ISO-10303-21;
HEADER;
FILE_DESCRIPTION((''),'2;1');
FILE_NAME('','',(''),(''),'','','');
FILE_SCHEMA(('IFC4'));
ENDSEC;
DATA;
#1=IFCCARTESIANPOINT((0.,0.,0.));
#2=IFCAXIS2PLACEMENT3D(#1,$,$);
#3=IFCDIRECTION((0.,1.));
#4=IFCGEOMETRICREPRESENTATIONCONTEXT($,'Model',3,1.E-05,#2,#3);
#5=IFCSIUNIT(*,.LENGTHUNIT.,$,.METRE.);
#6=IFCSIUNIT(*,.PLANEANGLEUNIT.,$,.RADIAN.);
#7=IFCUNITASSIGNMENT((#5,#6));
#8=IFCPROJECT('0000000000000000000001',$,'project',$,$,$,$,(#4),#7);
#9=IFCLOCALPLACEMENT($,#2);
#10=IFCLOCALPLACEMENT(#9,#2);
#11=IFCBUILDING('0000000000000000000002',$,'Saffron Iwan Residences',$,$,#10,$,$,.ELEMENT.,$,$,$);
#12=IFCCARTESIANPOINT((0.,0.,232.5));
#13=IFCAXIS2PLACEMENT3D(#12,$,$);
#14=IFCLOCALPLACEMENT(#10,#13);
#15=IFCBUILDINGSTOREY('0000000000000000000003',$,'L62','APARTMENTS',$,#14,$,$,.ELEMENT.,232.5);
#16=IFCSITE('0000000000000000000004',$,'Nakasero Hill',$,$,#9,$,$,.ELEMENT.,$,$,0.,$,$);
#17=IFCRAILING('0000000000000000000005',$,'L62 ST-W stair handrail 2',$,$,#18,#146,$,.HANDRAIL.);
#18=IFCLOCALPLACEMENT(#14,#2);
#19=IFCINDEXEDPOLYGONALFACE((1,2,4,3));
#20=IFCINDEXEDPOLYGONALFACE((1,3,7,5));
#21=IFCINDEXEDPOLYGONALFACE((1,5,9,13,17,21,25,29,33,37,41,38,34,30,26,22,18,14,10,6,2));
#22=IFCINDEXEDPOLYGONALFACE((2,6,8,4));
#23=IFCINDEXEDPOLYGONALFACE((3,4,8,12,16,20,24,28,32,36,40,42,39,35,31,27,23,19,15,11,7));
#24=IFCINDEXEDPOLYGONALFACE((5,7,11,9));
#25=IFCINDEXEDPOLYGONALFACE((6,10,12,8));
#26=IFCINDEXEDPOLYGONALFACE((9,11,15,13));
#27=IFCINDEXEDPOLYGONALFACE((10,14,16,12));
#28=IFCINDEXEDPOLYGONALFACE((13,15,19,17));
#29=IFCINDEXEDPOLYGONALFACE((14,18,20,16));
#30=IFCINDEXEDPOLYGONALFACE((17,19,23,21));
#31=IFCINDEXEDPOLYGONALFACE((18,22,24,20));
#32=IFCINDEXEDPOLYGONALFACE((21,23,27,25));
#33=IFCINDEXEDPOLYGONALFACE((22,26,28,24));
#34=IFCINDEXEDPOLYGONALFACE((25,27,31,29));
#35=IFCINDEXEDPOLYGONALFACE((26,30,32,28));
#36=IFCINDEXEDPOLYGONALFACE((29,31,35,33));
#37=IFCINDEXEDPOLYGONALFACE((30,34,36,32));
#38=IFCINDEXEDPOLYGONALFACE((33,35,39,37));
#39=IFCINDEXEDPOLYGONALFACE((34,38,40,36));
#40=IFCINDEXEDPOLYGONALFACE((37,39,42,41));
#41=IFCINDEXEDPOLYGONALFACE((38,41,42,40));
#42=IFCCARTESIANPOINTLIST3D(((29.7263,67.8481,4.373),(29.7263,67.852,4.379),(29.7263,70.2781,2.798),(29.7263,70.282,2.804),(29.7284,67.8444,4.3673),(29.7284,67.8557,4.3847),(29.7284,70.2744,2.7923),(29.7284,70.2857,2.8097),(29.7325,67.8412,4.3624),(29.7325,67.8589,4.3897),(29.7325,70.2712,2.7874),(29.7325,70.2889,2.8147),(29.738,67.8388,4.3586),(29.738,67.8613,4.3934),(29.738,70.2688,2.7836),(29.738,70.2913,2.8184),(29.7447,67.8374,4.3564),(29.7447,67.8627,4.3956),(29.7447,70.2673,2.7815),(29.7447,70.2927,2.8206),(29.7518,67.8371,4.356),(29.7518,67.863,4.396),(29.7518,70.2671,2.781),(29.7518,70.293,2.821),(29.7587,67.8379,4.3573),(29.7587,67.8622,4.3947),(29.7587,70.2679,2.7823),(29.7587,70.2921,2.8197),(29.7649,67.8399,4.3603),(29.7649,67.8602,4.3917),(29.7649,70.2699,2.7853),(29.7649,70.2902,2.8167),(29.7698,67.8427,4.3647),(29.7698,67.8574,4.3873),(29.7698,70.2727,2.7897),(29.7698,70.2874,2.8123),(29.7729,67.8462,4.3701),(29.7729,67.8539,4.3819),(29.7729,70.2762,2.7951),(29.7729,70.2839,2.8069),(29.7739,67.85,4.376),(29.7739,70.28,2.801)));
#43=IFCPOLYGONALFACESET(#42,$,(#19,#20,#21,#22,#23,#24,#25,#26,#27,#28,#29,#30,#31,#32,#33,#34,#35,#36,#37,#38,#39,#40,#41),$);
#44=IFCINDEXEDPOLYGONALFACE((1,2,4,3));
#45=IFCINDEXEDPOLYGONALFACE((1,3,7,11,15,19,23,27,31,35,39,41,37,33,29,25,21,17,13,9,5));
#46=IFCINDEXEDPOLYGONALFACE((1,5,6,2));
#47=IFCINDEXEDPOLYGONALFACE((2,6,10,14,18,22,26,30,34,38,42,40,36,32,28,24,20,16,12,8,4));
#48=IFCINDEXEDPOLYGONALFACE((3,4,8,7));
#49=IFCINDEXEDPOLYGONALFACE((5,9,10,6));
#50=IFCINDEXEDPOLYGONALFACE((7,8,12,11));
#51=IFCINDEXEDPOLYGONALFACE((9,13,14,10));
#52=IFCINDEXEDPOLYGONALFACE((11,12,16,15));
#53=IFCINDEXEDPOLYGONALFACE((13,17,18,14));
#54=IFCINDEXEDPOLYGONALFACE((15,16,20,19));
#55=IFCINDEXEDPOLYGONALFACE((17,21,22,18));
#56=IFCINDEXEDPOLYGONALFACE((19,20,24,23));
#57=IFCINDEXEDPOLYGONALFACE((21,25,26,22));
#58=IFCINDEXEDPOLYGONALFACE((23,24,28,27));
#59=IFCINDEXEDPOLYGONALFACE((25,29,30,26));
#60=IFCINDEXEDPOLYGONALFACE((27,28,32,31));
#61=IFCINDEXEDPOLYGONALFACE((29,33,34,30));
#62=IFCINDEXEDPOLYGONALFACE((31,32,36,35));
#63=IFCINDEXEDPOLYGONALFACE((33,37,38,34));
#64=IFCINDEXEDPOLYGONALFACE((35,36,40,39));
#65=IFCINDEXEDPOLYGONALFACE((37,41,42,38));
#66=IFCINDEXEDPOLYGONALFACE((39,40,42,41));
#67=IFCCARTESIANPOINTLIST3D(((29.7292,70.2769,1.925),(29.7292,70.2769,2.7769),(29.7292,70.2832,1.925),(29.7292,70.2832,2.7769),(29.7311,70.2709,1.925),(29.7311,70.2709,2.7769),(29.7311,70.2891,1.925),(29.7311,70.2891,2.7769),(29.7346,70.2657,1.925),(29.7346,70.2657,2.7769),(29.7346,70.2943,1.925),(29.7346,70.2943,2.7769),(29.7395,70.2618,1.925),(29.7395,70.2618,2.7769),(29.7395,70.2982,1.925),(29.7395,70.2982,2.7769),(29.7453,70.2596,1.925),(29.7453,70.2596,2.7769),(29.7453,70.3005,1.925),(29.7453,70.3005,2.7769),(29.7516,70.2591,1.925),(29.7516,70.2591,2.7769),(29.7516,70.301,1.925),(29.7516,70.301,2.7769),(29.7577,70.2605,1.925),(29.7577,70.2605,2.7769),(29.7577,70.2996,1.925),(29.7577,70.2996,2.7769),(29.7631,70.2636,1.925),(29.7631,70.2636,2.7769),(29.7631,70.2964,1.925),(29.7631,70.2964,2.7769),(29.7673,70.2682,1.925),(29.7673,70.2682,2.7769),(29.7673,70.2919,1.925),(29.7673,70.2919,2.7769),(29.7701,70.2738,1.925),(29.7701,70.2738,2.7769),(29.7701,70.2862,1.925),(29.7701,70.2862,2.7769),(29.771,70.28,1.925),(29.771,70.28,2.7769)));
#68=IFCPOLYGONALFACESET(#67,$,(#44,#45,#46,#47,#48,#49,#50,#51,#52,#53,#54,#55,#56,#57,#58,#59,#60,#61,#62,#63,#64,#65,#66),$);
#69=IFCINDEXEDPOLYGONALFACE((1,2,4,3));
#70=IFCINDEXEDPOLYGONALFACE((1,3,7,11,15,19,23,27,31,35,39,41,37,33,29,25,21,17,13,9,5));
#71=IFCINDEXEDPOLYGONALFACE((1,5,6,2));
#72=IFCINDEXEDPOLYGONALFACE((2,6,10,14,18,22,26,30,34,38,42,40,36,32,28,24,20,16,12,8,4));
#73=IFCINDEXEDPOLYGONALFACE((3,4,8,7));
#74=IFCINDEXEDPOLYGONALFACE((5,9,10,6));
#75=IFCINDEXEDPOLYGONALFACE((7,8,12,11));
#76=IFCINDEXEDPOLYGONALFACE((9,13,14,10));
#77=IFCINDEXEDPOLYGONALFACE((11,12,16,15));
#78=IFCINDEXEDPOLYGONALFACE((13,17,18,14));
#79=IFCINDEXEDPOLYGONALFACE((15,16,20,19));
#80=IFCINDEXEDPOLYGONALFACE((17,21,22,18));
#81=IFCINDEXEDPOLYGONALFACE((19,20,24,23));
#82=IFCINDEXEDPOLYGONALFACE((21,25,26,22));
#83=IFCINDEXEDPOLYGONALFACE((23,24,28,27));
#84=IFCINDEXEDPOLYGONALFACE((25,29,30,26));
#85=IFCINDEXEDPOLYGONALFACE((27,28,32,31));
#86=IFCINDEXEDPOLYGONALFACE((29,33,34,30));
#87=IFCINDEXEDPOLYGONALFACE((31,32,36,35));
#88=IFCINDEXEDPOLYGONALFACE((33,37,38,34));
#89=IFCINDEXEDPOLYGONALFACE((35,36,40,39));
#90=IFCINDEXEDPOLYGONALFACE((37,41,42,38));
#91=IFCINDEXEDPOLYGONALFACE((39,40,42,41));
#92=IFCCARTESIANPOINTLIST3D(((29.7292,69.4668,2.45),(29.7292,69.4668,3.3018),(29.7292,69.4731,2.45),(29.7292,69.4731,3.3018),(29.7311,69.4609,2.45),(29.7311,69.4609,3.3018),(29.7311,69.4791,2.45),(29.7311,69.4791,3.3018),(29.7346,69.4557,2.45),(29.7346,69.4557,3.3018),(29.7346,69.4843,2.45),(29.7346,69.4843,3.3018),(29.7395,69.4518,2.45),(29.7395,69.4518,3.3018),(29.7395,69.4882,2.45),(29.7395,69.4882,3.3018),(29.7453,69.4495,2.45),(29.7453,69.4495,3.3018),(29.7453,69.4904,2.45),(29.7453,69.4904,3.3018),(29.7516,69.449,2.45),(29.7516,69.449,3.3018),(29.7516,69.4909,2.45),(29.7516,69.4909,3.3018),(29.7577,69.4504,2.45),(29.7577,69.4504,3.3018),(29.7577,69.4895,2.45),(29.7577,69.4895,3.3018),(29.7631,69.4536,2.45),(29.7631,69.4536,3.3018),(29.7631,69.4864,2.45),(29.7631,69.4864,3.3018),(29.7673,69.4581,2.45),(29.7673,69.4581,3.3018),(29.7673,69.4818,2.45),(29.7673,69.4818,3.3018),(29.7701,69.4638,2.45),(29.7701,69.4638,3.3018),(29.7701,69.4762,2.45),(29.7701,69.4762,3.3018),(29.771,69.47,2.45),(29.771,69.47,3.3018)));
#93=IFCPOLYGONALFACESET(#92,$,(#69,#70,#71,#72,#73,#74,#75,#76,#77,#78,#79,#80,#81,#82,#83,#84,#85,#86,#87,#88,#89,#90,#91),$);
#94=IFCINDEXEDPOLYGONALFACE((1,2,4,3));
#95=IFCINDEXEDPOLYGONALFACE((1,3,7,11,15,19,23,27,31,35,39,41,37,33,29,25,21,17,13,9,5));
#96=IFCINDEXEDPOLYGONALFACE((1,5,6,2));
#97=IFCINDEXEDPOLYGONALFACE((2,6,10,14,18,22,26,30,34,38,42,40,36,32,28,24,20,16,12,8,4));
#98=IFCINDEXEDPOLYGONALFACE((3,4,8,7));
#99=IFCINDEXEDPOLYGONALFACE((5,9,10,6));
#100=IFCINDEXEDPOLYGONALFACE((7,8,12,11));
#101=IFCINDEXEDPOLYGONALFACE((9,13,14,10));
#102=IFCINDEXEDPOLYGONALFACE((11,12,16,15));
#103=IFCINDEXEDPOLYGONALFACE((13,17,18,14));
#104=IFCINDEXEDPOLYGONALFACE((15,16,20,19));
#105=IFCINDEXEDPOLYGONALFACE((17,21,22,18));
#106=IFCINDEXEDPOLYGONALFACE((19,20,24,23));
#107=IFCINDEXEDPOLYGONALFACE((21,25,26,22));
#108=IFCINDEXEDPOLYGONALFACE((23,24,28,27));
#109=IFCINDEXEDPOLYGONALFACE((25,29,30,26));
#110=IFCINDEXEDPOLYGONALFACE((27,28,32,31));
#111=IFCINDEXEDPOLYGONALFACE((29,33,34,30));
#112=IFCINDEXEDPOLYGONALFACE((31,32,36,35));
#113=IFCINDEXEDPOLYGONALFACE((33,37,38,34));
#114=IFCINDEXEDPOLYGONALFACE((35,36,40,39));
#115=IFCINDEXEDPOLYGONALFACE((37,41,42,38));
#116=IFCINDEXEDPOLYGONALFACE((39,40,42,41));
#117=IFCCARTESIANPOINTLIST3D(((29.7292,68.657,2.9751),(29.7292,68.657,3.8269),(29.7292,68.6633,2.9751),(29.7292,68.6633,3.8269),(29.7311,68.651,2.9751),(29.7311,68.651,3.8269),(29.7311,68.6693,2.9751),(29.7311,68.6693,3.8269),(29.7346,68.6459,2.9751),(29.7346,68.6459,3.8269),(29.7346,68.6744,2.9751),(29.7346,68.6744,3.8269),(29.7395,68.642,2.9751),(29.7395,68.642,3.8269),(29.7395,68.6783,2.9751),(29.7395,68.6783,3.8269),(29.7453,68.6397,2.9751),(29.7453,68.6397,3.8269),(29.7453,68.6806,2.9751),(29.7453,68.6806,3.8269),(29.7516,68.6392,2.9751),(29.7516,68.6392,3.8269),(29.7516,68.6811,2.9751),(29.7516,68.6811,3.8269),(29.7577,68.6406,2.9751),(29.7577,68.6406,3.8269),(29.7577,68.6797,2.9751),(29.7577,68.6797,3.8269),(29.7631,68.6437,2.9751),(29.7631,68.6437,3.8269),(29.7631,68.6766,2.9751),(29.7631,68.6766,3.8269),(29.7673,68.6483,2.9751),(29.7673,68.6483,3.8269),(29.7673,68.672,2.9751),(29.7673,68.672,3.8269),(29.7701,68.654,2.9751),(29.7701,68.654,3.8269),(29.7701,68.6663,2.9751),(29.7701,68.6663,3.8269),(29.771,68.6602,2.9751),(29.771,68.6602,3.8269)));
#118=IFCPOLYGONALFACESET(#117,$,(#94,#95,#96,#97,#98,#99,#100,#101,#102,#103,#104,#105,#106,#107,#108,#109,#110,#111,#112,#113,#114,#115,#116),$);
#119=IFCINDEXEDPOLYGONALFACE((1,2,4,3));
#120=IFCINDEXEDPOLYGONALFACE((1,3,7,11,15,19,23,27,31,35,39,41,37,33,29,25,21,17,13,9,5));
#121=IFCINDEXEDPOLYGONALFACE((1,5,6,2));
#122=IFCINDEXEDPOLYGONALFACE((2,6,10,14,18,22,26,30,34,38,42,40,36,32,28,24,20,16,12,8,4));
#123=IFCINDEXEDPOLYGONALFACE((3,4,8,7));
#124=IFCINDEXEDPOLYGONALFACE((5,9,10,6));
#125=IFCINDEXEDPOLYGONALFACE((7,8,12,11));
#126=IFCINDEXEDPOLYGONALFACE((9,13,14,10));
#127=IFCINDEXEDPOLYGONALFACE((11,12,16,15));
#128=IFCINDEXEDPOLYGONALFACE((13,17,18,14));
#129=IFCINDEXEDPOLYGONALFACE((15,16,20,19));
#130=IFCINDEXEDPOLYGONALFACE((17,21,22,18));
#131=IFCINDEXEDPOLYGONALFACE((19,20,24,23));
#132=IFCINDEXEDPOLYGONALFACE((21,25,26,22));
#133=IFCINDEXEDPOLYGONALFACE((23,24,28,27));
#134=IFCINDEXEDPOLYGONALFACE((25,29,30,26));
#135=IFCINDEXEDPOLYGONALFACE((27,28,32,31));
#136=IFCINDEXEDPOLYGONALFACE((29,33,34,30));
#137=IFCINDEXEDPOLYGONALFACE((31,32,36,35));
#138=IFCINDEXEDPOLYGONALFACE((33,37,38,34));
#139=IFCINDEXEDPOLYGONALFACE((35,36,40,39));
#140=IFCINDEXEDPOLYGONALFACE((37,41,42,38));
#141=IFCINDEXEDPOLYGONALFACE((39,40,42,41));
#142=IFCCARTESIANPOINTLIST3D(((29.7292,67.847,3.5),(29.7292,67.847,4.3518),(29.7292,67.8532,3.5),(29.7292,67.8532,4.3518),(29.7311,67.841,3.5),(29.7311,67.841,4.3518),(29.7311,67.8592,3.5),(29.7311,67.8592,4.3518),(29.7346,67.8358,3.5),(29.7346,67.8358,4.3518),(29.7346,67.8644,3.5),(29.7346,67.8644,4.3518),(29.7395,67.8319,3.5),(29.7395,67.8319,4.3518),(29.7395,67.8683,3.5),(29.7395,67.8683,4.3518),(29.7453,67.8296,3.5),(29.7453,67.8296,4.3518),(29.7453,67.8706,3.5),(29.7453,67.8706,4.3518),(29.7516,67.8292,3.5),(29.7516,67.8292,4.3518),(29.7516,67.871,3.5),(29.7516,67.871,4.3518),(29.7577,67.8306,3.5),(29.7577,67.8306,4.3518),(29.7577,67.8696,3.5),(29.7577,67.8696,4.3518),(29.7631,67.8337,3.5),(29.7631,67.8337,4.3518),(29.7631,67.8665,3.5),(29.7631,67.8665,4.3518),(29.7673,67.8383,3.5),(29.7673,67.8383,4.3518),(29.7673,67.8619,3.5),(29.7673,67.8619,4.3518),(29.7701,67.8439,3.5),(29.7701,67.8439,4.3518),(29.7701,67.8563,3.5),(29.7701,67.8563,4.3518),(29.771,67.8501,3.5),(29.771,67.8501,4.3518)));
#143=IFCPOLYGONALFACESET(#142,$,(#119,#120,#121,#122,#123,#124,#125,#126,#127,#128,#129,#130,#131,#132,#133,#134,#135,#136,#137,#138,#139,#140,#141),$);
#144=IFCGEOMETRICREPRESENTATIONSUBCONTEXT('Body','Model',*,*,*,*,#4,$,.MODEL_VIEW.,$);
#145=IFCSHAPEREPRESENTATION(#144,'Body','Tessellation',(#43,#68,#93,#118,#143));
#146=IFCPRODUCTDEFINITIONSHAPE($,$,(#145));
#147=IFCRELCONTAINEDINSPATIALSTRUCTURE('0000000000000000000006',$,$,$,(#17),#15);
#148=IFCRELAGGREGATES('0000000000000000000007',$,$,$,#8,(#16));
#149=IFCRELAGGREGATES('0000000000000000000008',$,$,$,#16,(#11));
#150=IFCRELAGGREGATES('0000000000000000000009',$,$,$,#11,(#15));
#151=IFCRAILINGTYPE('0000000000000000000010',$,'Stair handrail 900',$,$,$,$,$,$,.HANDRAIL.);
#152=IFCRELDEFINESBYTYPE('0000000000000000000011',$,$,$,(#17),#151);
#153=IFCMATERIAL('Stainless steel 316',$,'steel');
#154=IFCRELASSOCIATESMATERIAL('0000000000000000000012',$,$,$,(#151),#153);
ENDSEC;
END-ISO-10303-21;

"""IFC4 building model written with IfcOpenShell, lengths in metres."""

from ifc_helpers import new_model, si_unit, direction, frame, origin, origin_2d, place, context, subcontext, project, spatial, circle, extrude, material, type_object, element, save


model = new_model("IFC4")

# Units and contexts
model_context = context("Model", 3, precision=1e-05, world=origin(), true_north=direction((0.0, 1.0)))
body_context = subcontext(model_context, "Body", "Model", "MODEL_VIEW")
ifc_project = project(units=[si_unit("LENGTHUNIT", "METRE"), si_unit("PLANEANGLEUNIT", "RADIAN")], contexts=[model_context])

# Site, building, storey
site_placement = place(None, origin())
site = spatial("IfcSite", under=ifc_project, at=site_placement, Name="Nakasero Hill", CompositionType="ELEMENT", RefElevation=0.0)
building_placement = place(site_placement, origin())
building = spatial("IfcBuilding", under=site, at=building_placement, Name="Saffron Iwan Residences", CompositionType="ELEMENT")
storey_placement = place(building_placement, frame((0.0, 0.0, 232.5)))
storey = spatial("IfcBuildingStorey", under=building, at=storey_placement, Name="L62", Description="APARTMENTS", CompositionType="ELEMENT", Elevation=232.5)

# Railing
ifc_material_1 = material(Name="Stainless steel 316", Category="steel")
railing_type_1 = type_object("IfcRailingType", Name="Stair handrail 900", PredefinedType="HANDRAIL", material=ifc_material_1)
railing_1_placement = place(storey_placement, frame((29.75, 70.28, 1.925)))
element("IfcRailing", 1, at=railing_1_placement, inside=storey, type_object=railing_type_1, Name="L62 ST-W stair handrail 2", PredefinedType="HANDRAIL", context=body_context, shape_type="SweptSolid", body=[
    extrude(circle(Radius=0.0239, at=origin_2d()), frame((0.0, 0.0, 0.876), z_axis=(0.0, -0.839154, 0.543894), x_axis=(1.0, 0.0, 0.0)), (0.0, 0.0, 1.0), 2.8958),
    extrude(circle(Radius=0.021, at=origin_2d()), origin(), (0.0, 0.0, 1.0), 0.8518),
    extrude(circle(Radius=0.021, at=origin_2d()), frame((0.0, -0.8101, 0.5249)), (0.0, 0.0, 1.0), 0.8518),
    extrude(circle(Radius=0.021, at=origin_2d()), frame((0.0, -1.6199, 1.05)), (0.0, 0.0, 1.0), 0.8518),
    extrude(circle(Radius=0.021, at=origin_2d()), frame((0.0, -2.4299, 1.575)), (0.0, 0.0, 1.0), 0.8518),
])

save(model, "model.ifc")
